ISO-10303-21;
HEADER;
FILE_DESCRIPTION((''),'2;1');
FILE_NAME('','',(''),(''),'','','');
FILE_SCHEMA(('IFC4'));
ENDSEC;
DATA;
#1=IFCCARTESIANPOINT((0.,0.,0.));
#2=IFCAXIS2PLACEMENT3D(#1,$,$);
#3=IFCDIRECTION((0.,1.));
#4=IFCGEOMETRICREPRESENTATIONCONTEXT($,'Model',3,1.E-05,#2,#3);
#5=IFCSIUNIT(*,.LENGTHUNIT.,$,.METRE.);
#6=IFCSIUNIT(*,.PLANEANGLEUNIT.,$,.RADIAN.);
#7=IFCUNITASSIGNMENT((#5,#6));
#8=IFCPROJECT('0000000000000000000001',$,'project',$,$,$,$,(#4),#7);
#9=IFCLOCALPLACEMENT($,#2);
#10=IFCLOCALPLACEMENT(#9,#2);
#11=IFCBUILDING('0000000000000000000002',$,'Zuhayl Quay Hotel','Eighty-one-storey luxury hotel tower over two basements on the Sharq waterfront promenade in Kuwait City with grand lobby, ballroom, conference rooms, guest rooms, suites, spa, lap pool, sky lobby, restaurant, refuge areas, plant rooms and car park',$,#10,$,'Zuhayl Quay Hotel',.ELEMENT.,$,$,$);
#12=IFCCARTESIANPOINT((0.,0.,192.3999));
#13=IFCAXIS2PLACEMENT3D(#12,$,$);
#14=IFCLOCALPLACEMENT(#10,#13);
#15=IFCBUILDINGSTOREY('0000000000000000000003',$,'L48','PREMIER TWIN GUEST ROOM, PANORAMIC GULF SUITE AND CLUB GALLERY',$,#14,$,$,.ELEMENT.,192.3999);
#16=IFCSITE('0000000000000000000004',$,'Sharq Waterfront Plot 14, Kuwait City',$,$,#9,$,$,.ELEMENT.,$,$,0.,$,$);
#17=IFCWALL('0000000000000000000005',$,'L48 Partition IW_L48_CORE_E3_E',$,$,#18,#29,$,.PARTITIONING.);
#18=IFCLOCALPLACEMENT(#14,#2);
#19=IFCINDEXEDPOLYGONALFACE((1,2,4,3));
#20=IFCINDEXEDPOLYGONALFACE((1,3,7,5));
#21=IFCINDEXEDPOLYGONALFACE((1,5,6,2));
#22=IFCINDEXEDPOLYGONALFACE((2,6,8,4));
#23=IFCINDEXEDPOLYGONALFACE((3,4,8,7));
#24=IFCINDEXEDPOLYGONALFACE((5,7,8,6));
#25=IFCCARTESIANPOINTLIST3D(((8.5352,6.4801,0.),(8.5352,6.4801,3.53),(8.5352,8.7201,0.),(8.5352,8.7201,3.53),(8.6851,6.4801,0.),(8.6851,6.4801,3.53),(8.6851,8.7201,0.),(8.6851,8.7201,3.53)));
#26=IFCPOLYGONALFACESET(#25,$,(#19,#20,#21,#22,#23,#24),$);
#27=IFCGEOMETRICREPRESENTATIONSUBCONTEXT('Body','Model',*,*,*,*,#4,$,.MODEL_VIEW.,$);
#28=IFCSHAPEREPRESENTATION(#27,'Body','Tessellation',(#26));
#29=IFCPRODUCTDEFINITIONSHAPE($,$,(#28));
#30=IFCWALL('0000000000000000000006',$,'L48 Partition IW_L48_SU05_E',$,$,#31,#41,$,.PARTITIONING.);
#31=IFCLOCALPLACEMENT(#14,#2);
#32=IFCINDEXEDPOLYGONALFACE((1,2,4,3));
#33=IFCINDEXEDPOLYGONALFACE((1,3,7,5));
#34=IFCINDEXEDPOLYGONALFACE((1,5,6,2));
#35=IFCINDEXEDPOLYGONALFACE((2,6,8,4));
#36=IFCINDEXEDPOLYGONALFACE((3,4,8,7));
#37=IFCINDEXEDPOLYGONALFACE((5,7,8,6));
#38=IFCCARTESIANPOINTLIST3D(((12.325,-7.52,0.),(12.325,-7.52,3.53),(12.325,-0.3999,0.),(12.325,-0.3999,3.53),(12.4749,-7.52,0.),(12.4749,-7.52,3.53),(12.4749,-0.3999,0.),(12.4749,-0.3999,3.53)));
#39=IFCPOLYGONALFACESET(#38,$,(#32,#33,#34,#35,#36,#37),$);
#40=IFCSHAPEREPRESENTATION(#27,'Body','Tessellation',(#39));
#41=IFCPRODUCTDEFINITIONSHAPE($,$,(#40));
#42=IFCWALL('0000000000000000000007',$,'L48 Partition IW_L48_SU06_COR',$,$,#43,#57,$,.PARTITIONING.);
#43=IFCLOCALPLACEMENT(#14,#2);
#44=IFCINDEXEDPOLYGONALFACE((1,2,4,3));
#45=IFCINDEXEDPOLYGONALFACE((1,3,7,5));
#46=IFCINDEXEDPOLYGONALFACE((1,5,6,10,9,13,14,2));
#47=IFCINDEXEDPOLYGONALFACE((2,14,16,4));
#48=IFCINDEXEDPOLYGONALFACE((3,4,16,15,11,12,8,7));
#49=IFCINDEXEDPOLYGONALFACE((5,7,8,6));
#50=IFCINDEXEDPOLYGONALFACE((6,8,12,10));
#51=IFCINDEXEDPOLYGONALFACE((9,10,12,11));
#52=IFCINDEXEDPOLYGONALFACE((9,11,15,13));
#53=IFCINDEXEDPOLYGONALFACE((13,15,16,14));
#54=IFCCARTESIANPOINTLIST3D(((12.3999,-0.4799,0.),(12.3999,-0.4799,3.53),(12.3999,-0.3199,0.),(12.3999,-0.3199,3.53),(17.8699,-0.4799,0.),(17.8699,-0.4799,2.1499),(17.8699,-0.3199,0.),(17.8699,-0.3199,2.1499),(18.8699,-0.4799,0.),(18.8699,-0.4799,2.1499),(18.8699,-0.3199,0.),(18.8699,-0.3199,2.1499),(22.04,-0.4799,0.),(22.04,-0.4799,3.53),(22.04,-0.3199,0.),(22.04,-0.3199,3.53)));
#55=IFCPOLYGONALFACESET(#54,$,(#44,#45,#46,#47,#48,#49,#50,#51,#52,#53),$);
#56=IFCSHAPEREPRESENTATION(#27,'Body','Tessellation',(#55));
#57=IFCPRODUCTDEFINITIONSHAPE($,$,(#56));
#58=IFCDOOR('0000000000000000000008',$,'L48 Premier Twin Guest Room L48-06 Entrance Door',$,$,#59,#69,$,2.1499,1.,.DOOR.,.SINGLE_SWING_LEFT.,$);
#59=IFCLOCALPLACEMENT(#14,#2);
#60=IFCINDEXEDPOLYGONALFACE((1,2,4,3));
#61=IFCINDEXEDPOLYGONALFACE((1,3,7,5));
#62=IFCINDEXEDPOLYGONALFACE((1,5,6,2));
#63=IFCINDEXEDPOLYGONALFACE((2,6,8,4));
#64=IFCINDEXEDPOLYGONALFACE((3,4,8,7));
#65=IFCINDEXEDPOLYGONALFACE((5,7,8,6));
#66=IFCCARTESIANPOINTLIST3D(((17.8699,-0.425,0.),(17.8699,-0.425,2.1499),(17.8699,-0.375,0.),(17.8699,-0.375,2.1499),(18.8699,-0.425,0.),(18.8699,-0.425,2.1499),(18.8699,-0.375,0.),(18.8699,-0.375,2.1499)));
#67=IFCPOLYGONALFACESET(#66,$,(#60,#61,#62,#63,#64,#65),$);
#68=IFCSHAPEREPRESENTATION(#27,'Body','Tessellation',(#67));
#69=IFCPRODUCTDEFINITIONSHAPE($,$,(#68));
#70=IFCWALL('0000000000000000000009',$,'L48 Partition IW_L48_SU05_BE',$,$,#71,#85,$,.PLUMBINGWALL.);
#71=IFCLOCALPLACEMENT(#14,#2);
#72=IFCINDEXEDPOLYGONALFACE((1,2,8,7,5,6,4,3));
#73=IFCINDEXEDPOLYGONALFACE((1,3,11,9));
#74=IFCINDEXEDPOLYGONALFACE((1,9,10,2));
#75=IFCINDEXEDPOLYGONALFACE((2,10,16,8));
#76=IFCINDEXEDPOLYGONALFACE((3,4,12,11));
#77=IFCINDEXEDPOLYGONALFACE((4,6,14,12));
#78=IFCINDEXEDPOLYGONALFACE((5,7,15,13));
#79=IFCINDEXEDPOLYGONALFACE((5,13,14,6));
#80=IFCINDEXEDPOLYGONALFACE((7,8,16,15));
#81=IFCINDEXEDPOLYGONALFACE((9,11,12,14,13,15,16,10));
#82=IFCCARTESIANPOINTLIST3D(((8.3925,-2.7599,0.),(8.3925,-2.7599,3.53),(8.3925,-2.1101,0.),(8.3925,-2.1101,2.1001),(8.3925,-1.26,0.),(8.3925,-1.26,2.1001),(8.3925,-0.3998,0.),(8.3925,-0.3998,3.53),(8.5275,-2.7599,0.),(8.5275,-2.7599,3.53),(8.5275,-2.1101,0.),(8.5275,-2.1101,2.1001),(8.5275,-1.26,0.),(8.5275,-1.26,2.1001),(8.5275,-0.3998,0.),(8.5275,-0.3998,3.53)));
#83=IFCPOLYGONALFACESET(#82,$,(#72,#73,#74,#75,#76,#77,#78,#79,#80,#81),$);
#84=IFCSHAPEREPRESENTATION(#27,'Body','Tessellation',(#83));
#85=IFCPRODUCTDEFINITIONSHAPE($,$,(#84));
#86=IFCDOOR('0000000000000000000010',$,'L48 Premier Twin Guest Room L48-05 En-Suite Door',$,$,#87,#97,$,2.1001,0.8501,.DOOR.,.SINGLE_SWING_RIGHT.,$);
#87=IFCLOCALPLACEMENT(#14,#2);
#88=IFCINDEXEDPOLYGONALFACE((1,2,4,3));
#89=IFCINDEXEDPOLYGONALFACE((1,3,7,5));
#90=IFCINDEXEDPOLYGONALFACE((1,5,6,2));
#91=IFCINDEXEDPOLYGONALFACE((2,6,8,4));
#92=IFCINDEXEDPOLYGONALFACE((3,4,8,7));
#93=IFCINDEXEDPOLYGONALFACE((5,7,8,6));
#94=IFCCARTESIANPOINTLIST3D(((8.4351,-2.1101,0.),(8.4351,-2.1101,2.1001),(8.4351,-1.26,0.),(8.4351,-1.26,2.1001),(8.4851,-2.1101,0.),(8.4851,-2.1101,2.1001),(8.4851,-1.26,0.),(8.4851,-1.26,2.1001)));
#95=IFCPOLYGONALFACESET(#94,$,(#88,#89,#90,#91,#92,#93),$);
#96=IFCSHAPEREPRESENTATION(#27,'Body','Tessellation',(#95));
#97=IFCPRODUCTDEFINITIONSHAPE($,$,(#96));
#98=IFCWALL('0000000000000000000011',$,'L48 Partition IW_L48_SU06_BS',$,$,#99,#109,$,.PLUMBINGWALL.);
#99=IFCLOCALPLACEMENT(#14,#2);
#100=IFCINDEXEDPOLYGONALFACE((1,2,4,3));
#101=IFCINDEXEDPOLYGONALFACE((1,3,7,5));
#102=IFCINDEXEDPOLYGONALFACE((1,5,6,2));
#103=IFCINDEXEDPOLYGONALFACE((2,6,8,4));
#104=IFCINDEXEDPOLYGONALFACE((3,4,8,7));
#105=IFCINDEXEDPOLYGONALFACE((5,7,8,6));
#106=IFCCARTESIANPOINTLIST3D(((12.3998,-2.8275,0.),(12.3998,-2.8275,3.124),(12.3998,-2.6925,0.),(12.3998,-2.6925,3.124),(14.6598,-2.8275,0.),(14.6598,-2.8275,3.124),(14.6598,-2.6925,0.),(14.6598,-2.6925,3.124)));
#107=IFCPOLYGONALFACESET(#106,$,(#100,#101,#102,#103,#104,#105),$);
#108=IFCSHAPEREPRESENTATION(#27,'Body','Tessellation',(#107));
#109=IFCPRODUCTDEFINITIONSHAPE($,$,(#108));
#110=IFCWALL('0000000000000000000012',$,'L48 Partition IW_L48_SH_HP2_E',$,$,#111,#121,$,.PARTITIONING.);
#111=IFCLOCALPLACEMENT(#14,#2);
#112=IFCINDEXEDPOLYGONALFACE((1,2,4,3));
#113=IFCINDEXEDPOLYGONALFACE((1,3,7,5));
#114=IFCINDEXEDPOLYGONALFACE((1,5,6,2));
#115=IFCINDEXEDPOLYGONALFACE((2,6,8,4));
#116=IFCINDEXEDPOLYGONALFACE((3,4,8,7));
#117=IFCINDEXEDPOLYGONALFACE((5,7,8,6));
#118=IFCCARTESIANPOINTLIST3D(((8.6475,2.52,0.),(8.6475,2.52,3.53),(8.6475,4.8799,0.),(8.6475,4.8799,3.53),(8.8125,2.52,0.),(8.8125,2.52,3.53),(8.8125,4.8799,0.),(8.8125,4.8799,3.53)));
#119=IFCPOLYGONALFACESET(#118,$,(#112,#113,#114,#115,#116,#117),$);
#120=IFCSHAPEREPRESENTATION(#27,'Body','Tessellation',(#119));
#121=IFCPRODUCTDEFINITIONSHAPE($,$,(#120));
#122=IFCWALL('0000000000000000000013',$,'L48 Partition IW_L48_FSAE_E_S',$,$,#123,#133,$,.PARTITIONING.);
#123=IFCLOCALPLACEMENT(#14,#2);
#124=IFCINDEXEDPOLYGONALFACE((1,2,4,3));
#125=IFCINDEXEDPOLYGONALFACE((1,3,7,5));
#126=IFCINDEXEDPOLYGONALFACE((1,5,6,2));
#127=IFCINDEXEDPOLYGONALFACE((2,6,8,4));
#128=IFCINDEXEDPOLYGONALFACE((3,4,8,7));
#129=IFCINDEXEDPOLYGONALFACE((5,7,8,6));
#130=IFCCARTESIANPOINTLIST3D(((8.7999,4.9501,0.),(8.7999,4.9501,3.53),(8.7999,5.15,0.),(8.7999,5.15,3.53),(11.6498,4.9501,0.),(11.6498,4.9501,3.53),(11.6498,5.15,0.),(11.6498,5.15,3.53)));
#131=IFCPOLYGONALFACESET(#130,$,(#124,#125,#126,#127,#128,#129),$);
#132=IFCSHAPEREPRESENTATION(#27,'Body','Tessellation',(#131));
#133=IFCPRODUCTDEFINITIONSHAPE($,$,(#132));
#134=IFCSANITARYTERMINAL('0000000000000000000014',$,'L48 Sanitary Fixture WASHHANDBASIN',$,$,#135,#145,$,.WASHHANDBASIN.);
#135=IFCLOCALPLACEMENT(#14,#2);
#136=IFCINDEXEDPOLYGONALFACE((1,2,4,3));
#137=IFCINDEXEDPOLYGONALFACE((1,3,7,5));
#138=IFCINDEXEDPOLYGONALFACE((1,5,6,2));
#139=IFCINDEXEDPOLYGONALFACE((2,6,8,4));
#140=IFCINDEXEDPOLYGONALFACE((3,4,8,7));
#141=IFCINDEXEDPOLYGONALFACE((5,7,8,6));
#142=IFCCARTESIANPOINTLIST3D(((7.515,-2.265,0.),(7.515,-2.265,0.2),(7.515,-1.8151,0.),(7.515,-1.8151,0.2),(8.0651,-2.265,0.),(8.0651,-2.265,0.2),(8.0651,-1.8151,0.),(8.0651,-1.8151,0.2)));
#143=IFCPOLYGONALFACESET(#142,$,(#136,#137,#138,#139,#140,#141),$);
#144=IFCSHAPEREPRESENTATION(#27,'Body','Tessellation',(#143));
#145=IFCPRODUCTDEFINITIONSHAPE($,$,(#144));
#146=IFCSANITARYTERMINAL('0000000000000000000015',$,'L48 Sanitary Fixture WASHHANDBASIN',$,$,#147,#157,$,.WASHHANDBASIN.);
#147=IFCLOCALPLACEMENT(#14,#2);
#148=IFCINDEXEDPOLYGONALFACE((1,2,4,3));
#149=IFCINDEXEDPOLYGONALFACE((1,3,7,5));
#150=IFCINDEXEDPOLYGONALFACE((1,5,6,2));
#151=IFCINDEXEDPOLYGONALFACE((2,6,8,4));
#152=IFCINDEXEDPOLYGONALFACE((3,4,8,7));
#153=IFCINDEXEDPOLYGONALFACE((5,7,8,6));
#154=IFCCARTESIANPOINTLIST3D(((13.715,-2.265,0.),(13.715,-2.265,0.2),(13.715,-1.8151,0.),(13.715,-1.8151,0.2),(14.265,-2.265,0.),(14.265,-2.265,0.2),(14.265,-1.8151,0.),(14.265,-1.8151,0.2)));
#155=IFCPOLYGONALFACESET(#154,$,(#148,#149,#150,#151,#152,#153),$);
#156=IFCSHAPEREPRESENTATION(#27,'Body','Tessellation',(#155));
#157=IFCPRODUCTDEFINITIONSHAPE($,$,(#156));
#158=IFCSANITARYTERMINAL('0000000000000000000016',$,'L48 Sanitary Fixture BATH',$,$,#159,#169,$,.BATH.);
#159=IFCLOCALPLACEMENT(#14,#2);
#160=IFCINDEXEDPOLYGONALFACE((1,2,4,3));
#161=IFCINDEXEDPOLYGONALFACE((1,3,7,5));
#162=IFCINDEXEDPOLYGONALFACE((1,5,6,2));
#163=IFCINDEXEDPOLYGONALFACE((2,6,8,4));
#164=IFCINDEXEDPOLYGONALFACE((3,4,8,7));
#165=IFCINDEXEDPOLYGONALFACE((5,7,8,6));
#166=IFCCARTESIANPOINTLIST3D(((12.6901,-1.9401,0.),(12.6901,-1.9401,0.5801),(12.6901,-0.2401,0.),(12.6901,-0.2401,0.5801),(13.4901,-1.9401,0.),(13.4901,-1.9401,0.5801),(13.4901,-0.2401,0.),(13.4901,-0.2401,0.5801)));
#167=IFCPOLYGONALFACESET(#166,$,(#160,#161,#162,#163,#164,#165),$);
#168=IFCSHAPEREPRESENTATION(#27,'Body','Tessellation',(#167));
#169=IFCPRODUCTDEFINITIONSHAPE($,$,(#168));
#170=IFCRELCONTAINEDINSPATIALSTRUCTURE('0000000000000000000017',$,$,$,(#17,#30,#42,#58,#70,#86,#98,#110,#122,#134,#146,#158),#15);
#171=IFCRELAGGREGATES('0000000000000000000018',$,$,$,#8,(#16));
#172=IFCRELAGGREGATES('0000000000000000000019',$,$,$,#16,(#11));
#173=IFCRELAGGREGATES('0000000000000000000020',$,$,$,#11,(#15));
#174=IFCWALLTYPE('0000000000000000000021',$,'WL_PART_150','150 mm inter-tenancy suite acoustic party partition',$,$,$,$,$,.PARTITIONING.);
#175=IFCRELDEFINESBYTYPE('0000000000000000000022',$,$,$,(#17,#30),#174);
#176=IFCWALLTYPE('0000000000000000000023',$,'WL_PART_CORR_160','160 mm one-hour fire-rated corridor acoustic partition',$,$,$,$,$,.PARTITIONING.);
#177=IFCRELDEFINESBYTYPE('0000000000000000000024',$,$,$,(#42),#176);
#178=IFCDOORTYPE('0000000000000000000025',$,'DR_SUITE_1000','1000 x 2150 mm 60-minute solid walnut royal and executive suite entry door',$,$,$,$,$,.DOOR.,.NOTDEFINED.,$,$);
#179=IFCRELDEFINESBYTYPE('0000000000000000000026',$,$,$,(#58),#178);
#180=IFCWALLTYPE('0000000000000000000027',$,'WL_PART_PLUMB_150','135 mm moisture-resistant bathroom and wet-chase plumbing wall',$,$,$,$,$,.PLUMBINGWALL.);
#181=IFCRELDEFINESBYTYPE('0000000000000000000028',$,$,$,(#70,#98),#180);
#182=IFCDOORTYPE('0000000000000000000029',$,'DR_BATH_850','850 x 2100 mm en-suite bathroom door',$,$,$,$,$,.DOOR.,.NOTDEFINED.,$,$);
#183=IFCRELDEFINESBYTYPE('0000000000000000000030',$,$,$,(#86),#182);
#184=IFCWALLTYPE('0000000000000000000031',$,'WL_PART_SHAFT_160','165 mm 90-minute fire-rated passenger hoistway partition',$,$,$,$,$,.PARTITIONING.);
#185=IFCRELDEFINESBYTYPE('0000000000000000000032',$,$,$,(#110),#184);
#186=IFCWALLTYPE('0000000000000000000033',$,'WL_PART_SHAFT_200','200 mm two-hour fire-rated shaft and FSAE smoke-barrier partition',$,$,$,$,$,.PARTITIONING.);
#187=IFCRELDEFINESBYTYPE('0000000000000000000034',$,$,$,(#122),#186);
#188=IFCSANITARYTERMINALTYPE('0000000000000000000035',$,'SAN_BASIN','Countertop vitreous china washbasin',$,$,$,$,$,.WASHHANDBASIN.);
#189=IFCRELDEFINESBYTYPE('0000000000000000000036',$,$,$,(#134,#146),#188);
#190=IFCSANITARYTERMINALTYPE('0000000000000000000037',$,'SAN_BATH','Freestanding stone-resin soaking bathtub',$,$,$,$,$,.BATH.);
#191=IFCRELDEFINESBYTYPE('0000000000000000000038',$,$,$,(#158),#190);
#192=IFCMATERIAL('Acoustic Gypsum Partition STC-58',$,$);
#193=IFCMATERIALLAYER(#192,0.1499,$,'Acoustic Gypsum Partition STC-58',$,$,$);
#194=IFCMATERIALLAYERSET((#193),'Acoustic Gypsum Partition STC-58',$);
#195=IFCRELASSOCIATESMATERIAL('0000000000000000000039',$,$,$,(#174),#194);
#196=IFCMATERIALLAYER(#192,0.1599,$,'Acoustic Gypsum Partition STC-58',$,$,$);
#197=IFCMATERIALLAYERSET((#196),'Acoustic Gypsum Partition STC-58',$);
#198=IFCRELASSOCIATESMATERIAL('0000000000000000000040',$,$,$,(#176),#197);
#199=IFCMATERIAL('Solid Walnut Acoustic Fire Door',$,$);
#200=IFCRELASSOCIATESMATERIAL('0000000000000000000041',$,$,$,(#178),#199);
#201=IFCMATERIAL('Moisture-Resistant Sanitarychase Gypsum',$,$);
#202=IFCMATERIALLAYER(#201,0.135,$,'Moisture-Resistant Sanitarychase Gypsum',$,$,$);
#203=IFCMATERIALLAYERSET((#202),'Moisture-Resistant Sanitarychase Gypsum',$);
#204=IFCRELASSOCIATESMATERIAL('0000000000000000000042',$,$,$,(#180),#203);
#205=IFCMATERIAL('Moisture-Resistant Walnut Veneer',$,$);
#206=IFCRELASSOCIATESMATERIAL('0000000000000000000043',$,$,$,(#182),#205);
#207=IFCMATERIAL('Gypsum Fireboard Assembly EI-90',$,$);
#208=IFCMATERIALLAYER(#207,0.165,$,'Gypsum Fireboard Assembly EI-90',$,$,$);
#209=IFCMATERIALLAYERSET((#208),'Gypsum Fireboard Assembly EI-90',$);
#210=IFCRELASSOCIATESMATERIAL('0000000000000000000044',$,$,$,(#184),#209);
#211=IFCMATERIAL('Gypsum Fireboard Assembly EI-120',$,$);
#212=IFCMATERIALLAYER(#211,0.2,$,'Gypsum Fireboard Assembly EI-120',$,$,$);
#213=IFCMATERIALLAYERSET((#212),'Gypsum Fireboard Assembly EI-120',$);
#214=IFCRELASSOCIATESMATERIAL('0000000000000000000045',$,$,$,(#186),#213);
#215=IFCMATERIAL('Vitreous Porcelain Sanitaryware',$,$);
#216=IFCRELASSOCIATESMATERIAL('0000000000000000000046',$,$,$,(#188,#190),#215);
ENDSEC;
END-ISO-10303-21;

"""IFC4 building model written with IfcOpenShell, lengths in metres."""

from ifc_helpers import new_model, si_unit, direction, frame, frame_2d, origin, origin_2d, place, context, subcontext, project, spatial, rectangle, extrude, material, layer, layer_set, type_object, element, fill, save


model = new_model("IFC4")

# Units and contexts
model_context = context("Model", 3, precision=1e-05, world=origin(), true_north=direction((0.0, 1.0)))
body_context = subcontext(model_context, "Body", "Model", "MODEL_VIEW")
ifc_project = project(units=[si_unit("LENGTHUNIT", "METRE"), si_unit("PLANEANGLEUNIT", "RADIAN")], contexts=[model_context])

# Site, building, storey
site_placement = place(None, origin())
site = spatial("IfcSite", under=ifc_project, at=site_placement, Name="Sharq Waterfront Plot 14, Kuwait City", CompositionType="ELEMENT", RefElevation=0.0)
building_placement = place(site_placement, origin())
building = spatial("IfcBuilding", under=site, at=building_placement, Name="Zuhayl Quay Hotel", Description="Eighty-one-storey luxury hotel tower over two basements on the Sharq waterfront promenade in Kuwait City with grand lobby, ballroom, conference rooms, guest rooms, suites, spa, lap pool, sky lobby, restaurant, refuge areas, plant rooms and car park", LongName="Zuhayl Quay Hotel", CompositionType="ELEMENT")
storey_placement = place(building_placement, frame((0.0, 0.0, 192.3999)))
storey = spatial("IfcBuildingStorey", under=building, at=storey_placement, Name="L48", Description="PREMIER TWIN GUEST ROOM, PANORAMIC GULF SUITE AND CLUB GALLERY", CompositionType="ELEMENT", Elevation=192.3999)

# Walls
ifc_material_1 = material(Name="Acoustic Gypsum Partition STC-58")
ifc_layer_1 = layer(ifc_material_1, 0.1499, Name="Acoustic Gypsum Partition STC-58")
ifc_layer_set_1 = layer_set([ifc_layer_1], Name="Acoustic Gypsum Partition STC-58")
wall_type_1 = type_object("IfcWallType", Name="WL_PART_150", Description="150 mm inter-tenancy suite acoustic party partition", PredefinedType="PARTITIONING", material=ifc_layer_set_1)
wall_1_placement = place(storey_placement, frame((8.6101, 6.48, 0.0), z_axis=(0.0, 0.0, 1.0), x_axis=(0.0, 1.0, 0.0)))
element("IfcWall", 1, at=wall_1_placement, inside=storey, type_object=wall_type_1, Name="L48 Partition IW_L48_CORE_E3_E", PredefinedType="PARTITIONING", context=body_context, shape_type="SweptSolid", body=[
    extrude(rectangle(XDim=2.24, YDim=0.1499, at=frame_2d((1.1201, 0.0))), origin(), (0.0, 0.0, 1.0), 3.53),
])
wall_2_placement = place(storey_placement, frame((12.3999, -7.52, 0.0), z_axis=(0.0, 0.0, 1.0), x_axis=(0.0, 1.0, 0.0)))
element("IfcWall", 2, at=wall_2_placement, inside=storey, type_object=wall_type_1, Name="L48 Partition IW_L48_SU05_E", PredefinedType="PARTITIONING", context=body_context, shape_type="SweptSolid", body=[
    extrude(rectangle(XDim=7.1201, YDim=0.1499, at=frame_2d((3.5601, 0.0))), origin(), (0.0, 0.0, 1.0), 3.53),
])

# Walls, openings, doors
ifc_layer_2 = layer(ifc_material_1, 0.1599, Name="Acoustic Gypsum Partition STC-58")
ifc_layer_set_2 = layer_set([ifc_layer_2], Name="Acoustic Gypsum Partition STC-58")
wall_type_2 = type_object("IfcWallType", Name="WL_PART_CORR_160", Description="160 mm one-hour fire-rated corridor acoustic partition", PredefinedType="PARTITIONING", material=ifc_layer_set_2)
wall_3_placement = place(storey_placement, frame((12.3999, -0.3999, 0.0), z_axis=(0.0, 0.0, 1.0), x_axis=(1.0, 0.0, 0.0)))
wall_3 = element("IfcWall", 3, at=wall_3_placement, inside=storey, type_object=wall_type_2, Name="L48 Partition IW_L48_SU06_COR", PredefinedType="PARTITIONING", context=body_context, shape_type="SweptSolid", body=[
    extrude(rectangle(XDim=9.6401, YDim=0.1599, at=frame_2d((4.8201, 0.0))), origin(), (0.0, 0.0, 1.0), 3.53),
])
opening_1_placement = place(wall_3_placement, frame((5.47, 0.0, 0.0)))
opening_1 = element("IfcOpeningElement", 4, at=opening_1_placement, cuts=wall_3, PredefinedType="OPENING", context=body_context, shape_type="SweptSolid", body=[
    extrude(rectangle(XDim=1.0, YDim=2.1499, at=frame_2d((0.5, 1.075))), frame((0.0, 0.0898, 0.0), z_axis=(0.0, -1.0, 0.0), x_axis=(1.0, 0.0, 0.0)), (0.0, 0.0, 1.0), 0.1799),
])
ifc_material_2 = material(Name="Solid Walnut Acoustic Fire Door")
door_type_1 = type_object("IfcDoorType", Name="DR_SUITE_1000", Description="1000 x 2150 mm 60-minute solid walnut royal and executive suite entry door", OperationType="NOTDEFINED", PredefinedType="DOOR", material=ifc_material_2)
door_1_placement = place(opening_1_placement, origin())
door_1 = element("IfcDoor", 5, at=door_1_placement, inside=storey, type_object=door_type_1, Name="L48 Premier Twin Guest Room L48-06 Entrance Door", OperationType="SINGLE_SWING_LEFT", OverallHeight=2.1499, OverallWidth=1.0, PredefinedType="DOOR", context=body_context, shape_type="SweptSolid", body=[
    extrude(rectangle(XDim=1.0, YDim=2.1499, at=frame_2d((0.5, 1.075))), frame((0.0, 0.0249, 0.0), z_axis=(0.0, -1.0, 0.0), x_axis=(1.0, 0.0, 0.0)), (0.0, 0.0, 1.0), 0.05),
])
fill(opening_1, door_1)
ifc_material_3 = material(Name="Moisture-Resistant Sanitarychase Gypsum")
ifc_layer_3 = layer(ifc_material_3, 0.135, Name="Moisture-Resistant Sanitarychase Gypsum")
ifc_layer_set_3 = layer_set([ifc_layer_3], Name="Moisture-Resistant Sanitarychase Gypsum")
wall_type_3 = type_object("IfcWallType", Name="WL_PART_PLUMB_150", Description="135 mm moisture-resistant bathroom and wet-chase plumbing wall", PredefinedType="PLUMBINGWALL", material=ifc_layer_set_3)
wall_4_placement = place(storey_placement, frame((8.46, -2.76, 0.0), z_axis=(0.0, 0.0, 1.0), x_axis=(0.0, 1.0, 0.0)))
wall_4 = element("IfcWall", 6, at=wall_4_placement, inside=storey, type_object=wall_type_3, Name="L48 Partition IW_L48_SU05_BE", PredefinedType="PLUMBINGWALL", context=body_context, shape_type="SweptSolid", body=[
    extrude(rectangle(XDim=2.3601, YDim=0.135, at=frame_2d((1.1802, 0.0))), origin(), (0.0, 0.0, 1.0), 3.53),
])
opening_2_placement = place(wall_4_placement, frame((0.6499, 0.0, 0.0)))
opening_2 = element("IfcOpeningElement", 7, at=opening_2_placement, cuts=wall_4, PredefinedType="OPENING", context=body_context, shape_type="SweptSolid", body=[
    extrude(rectangle(XDim=0.8501, YDim=2.1001, at=frame_2d((0.425, 1.05))), frame((0.0, 0.0774, 0.0), z_axis=(0.0, -1.0, 0.0), x_axis=(1.0, 0.0, 0.0)), (0.0, 0.0, 1.0), 0.155),
])
ifc_material_4 = material(Name="Moisture-Resistant Walnut Veneer")
door_type_2 = type_object("IfcDoorType", Name="DR_BATH_850", Description="850 x 2100 mm en-suite bathroom door", OperationType="NOTDEFINED", PredefinedType="DOOR", material=ifc_material_4)
door_2_placement = place(opening_2_placement, origin())
door_2 = element("IfcDoor", 8, at=door_2_placement, inside=storey, type_object=door_type_2, Name="L48 Premier Twin Guest Room L48-05 En-Suite Door", OperationType="SINGLE_SWING_RIGHT", OverallHeight=2.1001, OverallWidth=0.8501, PredefinedType="DOOR", context=body_context, shape_type="SweptSolid", body=[
    extrude(rectangle(XDim=0.8501, YDim=2.1001, at=frame_2d((0.425, 1.05))), frame((0.0, 0.0249, 0.0), z_axis=(0.0, -1.0, 0.0), x_axis=(1.0, 0.0, 0.0)), (0.0, 0.0, 1.0), 0.05),
])
fill(opening_2, door_2)

# Walls
wall_5_placement = place(storey_placement, frame((12.3999, -2.76, 0.0), z_axis=(0.0, 0.0, 1.0), x_axis=(1.0, 0.0, 0.0)))
element("IfcWall", 9, at=wall_5_placement, inside=storey, type_object=wall_type_3, Name="L48 Partition IW_L48_SU06_BS", PredefinedType="PLUMBINGWALL", context=body_context, shape_type="SweptSolid", body=[
    extrude(rectangle(XDim=2.26, YDim=0.135, at=frame_2d((1.1299, 0.0))), origin(), (0.0, 0.0, 1.0), 3.124),
])
ifc_material_5 = material(Name="Gypsum Fireboard Assembly EI-90")
ifc_layer_4 = layer(ifc_material_5, 0.165, Name="Gypsum Fireboard Assembly EI-90")
ifc_layer_set_4 = layer_set([ifc_layer_4], Name="Gypsum Fireboard Assembly EI-90")
wall_type_4 = type_object("IfcWallType", Name="WL_PART_SHAFT_160", Description="165 mm 90-minute fire-rated passenger hoistway partition", PredefinedType="PARTITIONING", material=ifc_layer_set_4)
wall_6_placement = place(storey_placement, frame((8.73, 2.52, 0.0), z_axis=(0.0, 0.0, 1.0), x_axis=(0.0, 1.0, 0.0)))
element("IfcWall", 10, at=wall_6_placement, inside=storey, type_object=wall_type_4, Name="L48 Partition IW_L48_SH_HP2_E", PredefinedType="PARTITIONING", context=body_context, shape_type="SweptSolid", body=[
    extrude(rectangle(XDim=2.3599, YDim=0.165, at=frame_2d((1.1799, 0.0))), origin(), (0.0, 0.0, 1.0), 3.53),
])
ifc_material_6 = material(Name="Gypsum Fireboard Assembly EI-120")
ifc_layer_5 = layer(ifc_material_6, 0.2, Name="Gypsum Fireboard Assembly EI-120")
ifc_layer_set_5 = layer_set([ifc_layer_5], Name="Gypsum Fireboard Assembly EI-120")
wall_type_5 = type_object("IfcWallType", Name="WL_PART_SHAFT_200", Description="200 mm two-hour fire-rated shaft and FSAE smoke-barrier partition", PredefinedType="PARTITIONING", material=ifc_layer_set_5)
wall_7_placement = place(storey_placement, frame((8.8, 5.05, 0.0), z_axis=(0.0, 0.0, 1.0), x_axis=(1.0, 0.0, 0.0)))
element("IfcWall", 11, at=wall_7_placement, inside=storey, type_object=wall_type_5, Name="L48 Partition IW_L48_FSAE_E_S", PredefinedType="PARTITIONING", context=body_context, shape_type="SweptSolid", body=[
    extrude(rectangle(XDim=2.8499, YDim=0.2, at=frame_2d((1.4248, 0.0))), origin(), (0.0, 0.0, 1.0), 3.53),
])

# Sanitary terminals
ifc_material_7 = material(Name="Vitreous Porcelain Sanitaryware")
sanitary_terminal_type_1 = type_object("IfcSanitaryTerminalType", Name="SAN_BASIN", Description="Countertop vitreous china washbasin", PredefinedType="WASHHANDBASIN", material=ifc_material_7)
for number, where, z_axis, x_axis, name in (
    (12, (7.79, -2.04, 0.0), (0.0, 0.0, 1.0), (1.0, 0.0, 0.0), "L48 Sanitary Fixture WASHHANDBASIN"),
    (13, (13.99, -2.04, 0.0), (0.0, 0.0, 1.0), (1.0, 0.0, 0.0), "L48 Sanitary Fixture WASHHANDBASIN"),
):
    element("IfcSanitaryTerminal", number, at=place(storey_placement, frame(where, z_axis=z_axis, x_axis=x_axis)), inside=storey, type_object=sanitary_terminal_type_1, Name=name, PredefinedType="WASHHANDBASIN", context=body_context, shape_type="SweptSolid", body=[
        extrude(rectangle(XDim=0.55, YDim=0.45, at=origin_2d()), origin(), (0.0, 0.0, 1.0), 0.2),
    ])
sanitary_terminal_type_2 = type_object("IfcSanitaryTerminalType", Name="SAN_BATH", Description="Freestanding stone-resin soaking bathtub", PredefinedType="BATH", material=ifc_material_7)
sanitary_terminal_1_placement = place(storey_placement, frame((13.0901, -1.0901, 0.0), z_axis=(0.0, 0.0, 1.0), x_axis=(1.0, 0.0, 0.0)))
element("IfcSanitaryTerminal", 14, at=sanitary_terminal_1_placement, inside=storey, type_object=sanitary_terminal_type_2, Name="L48 Sanitary Fixture BATH", PredefinedType="BATH", context=body_context, shape_type="SweptSolid", body=[
    extrude(rectangle(XDim=0.8, YDim=1.7, at=origin_2d()), origin(), (0.0, 0.0, 1.0), 0.5801),
])

save(model, "model.ifc")
